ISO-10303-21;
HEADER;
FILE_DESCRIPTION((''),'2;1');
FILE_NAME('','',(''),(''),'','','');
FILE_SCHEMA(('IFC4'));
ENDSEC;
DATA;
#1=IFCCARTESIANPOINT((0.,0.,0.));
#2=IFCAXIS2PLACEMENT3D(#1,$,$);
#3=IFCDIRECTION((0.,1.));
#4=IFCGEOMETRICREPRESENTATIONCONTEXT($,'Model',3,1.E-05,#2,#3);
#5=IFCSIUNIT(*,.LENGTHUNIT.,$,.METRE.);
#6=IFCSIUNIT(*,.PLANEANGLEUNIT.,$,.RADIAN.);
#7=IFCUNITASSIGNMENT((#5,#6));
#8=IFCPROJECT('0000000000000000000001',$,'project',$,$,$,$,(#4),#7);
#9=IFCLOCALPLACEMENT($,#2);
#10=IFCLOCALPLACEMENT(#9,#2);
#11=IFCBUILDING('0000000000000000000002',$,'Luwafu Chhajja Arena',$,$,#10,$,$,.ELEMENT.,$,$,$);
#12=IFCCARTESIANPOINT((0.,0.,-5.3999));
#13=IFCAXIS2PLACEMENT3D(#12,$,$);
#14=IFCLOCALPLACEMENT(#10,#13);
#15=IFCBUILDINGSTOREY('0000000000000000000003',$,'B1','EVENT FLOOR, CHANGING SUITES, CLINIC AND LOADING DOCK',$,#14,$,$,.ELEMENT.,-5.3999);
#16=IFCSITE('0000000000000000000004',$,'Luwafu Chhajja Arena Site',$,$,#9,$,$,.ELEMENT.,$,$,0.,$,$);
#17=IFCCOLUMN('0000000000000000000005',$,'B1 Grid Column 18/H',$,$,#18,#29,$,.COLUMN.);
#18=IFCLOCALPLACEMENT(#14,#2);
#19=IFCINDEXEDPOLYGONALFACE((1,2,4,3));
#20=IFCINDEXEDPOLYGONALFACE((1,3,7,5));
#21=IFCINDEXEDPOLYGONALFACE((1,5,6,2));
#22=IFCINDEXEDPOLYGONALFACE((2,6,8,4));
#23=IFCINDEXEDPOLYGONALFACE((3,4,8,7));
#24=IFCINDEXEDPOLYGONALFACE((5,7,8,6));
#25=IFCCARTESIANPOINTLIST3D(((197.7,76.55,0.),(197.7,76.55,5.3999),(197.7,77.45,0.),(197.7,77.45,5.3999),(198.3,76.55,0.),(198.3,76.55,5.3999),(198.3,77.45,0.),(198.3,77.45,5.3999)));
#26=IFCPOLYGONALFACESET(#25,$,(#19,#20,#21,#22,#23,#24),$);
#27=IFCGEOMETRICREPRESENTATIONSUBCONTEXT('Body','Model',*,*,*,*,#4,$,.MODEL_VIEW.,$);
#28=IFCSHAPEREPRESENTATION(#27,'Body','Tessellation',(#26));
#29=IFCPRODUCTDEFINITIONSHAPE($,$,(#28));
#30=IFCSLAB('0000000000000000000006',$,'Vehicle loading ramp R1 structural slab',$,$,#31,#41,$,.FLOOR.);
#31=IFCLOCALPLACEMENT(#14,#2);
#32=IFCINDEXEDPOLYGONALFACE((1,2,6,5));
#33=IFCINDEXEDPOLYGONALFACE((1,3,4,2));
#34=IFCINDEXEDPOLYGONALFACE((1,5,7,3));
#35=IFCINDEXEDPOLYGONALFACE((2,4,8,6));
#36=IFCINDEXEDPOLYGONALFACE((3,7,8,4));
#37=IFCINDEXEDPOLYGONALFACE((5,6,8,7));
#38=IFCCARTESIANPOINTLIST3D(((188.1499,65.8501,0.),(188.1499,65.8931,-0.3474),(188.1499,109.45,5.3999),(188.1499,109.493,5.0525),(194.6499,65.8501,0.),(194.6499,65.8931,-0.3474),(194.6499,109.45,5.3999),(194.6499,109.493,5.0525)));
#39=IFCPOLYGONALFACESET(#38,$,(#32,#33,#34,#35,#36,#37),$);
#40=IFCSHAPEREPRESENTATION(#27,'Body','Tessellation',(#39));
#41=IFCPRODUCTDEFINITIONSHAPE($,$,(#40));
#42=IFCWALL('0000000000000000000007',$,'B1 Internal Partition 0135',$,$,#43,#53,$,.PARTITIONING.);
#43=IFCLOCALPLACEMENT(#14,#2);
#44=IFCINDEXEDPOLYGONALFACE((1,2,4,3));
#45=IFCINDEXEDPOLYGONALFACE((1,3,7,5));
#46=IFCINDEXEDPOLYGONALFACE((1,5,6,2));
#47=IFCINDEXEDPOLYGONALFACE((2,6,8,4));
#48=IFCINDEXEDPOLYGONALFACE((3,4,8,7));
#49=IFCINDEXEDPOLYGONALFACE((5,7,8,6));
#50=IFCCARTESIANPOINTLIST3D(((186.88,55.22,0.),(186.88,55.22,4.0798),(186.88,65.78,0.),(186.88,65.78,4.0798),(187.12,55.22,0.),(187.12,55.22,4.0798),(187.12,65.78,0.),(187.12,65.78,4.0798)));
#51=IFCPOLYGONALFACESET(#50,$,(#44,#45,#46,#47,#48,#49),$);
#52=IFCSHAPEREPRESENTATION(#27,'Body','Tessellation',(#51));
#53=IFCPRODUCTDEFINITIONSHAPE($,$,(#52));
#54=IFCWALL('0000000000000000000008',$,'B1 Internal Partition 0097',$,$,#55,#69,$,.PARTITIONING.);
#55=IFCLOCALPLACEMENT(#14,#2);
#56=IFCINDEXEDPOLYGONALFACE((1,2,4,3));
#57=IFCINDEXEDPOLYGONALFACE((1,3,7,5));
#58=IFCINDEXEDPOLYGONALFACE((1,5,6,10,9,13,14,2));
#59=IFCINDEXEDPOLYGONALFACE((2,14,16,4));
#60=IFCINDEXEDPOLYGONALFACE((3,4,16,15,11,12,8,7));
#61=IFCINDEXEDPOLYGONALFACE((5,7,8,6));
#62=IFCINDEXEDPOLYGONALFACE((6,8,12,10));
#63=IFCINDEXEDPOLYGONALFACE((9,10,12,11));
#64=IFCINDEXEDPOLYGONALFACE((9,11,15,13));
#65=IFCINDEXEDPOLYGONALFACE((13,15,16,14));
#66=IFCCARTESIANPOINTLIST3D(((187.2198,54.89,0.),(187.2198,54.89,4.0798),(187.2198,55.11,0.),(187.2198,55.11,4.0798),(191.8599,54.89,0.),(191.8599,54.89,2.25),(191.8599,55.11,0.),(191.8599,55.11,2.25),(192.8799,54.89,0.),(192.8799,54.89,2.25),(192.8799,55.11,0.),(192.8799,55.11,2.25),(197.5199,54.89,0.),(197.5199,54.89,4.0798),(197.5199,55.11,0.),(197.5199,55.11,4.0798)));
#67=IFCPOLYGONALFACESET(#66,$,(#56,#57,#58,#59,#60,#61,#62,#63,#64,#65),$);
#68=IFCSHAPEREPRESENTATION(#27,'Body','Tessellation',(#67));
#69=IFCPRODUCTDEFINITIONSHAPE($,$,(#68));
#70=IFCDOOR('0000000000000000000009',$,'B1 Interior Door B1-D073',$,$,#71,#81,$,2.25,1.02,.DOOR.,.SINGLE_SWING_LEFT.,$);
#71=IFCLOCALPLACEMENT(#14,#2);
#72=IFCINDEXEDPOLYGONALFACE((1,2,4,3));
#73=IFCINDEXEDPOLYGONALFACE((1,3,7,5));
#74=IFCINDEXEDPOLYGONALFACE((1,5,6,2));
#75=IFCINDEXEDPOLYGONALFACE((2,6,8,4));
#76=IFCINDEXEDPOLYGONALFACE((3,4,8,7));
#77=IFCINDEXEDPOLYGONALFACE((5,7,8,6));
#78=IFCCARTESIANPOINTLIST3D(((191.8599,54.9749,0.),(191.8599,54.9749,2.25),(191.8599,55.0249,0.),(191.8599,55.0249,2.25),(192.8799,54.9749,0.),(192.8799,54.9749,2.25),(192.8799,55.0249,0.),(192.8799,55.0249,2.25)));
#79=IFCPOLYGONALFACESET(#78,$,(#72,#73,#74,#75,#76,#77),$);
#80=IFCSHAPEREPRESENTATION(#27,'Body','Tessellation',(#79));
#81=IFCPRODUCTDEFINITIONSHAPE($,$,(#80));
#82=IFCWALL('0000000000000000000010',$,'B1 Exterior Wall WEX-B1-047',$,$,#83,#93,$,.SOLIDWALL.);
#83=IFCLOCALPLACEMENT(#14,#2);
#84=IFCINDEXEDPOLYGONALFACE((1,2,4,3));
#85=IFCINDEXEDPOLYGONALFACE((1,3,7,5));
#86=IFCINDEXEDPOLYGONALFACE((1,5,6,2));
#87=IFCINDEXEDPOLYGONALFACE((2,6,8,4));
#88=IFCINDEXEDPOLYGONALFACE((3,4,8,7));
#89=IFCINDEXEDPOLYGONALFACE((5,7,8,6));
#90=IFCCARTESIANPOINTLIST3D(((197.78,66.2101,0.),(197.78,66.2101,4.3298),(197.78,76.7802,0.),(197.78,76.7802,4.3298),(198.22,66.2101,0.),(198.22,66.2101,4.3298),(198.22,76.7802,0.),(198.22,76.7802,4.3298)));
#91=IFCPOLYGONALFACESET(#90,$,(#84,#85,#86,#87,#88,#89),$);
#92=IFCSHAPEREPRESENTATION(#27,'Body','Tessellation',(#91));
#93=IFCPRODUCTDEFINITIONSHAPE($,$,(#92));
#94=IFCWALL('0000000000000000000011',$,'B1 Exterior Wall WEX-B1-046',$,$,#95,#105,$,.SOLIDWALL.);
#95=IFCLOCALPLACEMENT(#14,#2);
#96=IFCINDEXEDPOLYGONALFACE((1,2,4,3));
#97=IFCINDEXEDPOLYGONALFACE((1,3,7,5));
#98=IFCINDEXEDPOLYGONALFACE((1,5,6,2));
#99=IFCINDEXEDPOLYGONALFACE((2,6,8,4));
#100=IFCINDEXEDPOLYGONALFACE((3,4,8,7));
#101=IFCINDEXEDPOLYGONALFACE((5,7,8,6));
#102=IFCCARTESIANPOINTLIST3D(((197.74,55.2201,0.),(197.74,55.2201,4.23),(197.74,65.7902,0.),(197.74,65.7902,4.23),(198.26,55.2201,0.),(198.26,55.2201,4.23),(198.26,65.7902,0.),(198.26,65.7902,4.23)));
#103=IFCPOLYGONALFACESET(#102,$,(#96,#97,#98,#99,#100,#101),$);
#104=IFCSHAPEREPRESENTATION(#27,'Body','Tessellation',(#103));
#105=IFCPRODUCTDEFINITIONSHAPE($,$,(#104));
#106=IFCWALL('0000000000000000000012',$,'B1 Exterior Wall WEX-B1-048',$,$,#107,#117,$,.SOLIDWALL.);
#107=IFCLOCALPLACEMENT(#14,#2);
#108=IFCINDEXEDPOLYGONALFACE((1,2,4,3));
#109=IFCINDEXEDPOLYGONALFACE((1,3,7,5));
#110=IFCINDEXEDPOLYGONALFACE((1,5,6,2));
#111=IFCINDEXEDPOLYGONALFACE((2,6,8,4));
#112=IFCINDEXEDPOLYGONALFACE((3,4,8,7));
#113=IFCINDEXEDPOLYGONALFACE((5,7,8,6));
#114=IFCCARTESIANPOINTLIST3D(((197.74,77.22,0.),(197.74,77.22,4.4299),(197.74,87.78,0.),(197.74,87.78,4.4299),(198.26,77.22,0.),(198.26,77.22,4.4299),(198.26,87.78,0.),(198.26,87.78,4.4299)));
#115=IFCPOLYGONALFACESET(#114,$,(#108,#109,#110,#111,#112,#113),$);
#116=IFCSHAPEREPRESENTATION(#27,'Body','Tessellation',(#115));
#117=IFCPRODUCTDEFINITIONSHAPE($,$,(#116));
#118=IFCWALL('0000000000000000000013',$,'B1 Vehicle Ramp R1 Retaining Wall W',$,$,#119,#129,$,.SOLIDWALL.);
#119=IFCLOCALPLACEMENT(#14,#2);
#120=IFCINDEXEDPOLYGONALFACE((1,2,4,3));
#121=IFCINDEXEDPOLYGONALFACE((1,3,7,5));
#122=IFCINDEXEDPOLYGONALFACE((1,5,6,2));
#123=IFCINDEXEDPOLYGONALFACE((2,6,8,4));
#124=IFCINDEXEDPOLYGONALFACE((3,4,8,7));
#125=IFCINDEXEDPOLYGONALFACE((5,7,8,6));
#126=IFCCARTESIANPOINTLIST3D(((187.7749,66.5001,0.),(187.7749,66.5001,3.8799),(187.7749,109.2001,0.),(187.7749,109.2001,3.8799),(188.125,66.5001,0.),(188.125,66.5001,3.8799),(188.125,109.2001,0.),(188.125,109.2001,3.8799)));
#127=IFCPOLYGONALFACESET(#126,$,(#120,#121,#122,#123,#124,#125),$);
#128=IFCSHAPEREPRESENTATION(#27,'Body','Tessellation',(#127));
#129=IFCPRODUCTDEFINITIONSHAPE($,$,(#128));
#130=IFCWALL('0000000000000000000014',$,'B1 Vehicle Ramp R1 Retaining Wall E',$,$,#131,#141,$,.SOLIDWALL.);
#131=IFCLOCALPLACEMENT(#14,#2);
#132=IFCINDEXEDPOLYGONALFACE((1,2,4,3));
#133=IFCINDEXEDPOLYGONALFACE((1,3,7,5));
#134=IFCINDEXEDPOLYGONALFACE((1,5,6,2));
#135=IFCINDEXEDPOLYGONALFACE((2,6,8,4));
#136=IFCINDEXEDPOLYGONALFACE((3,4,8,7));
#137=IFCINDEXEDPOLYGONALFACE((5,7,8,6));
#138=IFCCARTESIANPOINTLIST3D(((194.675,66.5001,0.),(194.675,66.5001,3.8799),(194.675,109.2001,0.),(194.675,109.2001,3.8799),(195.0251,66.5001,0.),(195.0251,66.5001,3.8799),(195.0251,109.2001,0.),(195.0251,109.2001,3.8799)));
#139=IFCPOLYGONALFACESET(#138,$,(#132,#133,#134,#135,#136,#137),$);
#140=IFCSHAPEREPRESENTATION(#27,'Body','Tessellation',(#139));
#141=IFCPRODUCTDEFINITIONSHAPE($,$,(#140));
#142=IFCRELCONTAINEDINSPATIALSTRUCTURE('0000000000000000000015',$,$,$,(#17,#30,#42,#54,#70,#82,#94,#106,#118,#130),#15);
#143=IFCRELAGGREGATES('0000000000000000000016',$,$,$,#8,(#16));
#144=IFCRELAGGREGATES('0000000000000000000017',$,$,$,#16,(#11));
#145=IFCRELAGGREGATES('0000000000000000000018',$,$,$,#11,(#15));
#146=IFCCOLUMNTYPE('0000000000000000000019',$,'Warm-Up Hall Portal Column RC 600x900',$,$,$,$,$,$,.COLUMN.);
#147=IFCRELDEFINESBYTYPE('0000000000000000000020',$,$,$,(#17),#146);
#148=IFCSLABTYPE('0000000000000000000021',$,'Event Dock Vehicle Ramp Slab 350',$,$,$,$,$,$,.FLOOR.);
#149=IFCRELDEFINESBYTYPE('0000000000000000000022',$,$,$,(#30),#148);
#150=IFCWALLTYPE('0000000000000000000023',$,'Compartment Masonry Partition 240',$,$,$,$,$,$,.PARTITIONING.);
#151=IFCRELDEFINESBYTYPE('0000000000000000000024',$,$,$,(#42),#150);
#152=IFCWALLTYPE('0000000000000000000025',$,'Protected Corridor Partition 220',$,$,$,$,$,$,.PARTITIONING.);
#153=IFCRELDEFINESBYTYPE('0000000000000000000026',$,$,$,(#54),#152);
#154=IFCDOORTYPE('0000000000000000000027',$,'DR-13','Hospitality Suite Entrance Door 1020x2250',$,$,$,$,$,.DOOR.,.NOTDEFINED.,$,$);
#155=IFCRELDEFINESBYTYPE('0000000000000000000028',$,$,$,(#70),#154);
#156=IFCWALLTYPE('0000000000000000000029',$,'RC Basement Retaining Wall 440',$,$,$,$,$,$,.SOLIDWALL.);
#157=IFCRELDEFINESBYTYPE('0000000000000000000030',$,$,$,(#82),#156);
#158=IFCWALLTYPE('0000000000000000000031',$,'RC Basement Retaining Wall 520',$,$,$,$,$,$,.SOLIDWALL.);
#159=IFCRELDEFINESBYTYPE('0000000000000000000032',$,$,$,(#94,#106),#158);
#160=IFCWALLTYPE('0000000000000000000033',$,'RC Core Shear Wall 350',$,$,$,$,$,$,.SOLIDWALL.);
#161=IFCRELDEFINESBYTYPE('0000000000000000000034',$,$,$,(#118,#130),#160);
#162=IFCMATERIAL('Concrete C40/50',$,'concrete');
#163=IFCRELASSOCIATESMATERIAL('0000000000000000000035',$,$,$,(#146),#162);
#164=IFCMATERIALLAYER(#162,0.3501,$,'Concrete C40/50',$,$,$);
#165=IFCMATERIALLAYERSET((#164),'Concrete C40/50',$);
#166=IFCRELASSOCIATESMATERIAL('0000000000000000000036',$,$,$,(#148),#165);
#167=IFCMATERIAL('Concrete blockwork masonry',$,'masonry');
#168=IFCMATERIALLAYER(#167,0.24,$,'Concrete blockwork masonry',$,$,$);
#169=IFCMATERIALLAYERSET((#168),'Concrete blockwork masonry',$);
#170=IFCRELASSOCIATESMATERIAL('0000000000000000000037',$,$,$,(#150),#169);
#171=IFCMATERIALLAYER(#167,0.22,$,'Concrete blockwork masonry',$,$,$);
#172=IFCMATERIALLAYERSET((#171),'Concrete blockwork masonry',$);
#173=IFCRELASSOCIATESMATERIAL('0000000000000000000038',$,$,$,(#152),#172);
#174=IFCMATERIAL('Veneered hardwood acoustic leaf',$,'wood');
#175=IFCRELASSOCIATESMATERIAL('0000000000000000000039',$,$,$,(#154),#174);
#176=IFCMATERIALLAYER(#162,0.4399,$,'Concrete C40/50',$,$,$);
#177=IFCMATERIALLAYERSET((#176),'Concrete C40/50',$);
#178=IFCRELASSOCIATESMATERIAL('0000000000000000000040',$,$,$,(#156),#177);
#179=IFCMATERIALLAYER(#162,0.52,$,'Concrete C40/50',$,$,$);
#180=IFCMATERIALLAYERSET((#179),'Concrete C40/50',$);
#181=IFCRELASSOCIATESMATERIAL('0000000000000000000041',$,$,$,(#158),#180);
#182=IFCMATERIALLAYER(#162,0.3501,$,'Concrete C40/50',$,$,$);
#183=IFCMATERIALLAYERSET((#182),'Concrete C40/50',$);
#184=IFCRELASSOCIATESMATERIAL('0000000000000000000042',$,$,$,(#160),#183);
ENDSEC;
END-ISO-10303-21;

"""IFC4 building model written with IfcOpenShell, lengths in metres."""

from ifc_helpers import new_model, si_unit, direction, frame, frame_2d, origin, origin_2d, place, context, subcontext, project, spatial, polyline, rectangle, outline, extrude, material, layer, layer_set, material_profile, profile_set, type_object, element, fill, save


model = new_model("IFC4")

# Units and contexts
model_context = context("Model", 3, precision=1e-05, world=origin(), true_north=direction((0.0, 1.0)))
body_context = subcontext(model_context, "Body", "Model", "MODEL_VIEW")
ifc_project = project(units=[si_unit("LENGTHUNIT", "METRE"), si_unit("PLANEANGLEUNIT", "RADIAN")], contexts=[model_context])

# Site, building, storey
site_placement = place(None, origin())
site = spatial("IfcSite", under=ifc_project, at=site_placement, Name="Luwafu Chhajja Arena Site", CompositionType="ELEMENT", RefElevation=0.0)
building_placement = place(site_placement, origin())
building = spatial("IfcBuilding", under=site, at=building_placement, Name="Luwafu Chhajja Arena", CompositionType="ELEMENT")
storey_placement = place(building_placement, frame((0.0, 0.0, -5.3999)))
storey = spatial("IfcBuildingStorey", under=building, at=storey_placement, Name="B1", Description="EVENT FLOOR, CHANGING SUITES, CLINIC AND LOADING DOCK", CompositionType="ELEMENT", Elevation=-5.3999)

# Column
ifc_material_1 = material(Name="Concrete C40/50", Category="concrete")
ifc_material_profile_1 = material_profile(ifc_material_1, rectangle(XDim=0.6001, YDim=0.8999, at=origin_2d()), Name="RC 600x900")
ifc_profile_set_1 = profile_set([ifc_material_profile_1], Name="Concrete C40/50")
column_type_1 = type_object("IfcColumnType", Name="Warm-Up Hall Portal Column RC 600x900", PredefinedType="COLUMN", material=ifc_profile_set_1)
column_1_placement = place(storey_placement, frame((198.0, 77.0, 0.0), z_axis=(0.0, 0.0, 1.0), x_axis=(1.0, 0.0, 0.0)))
element("IfcColumn", 1, at=column_1_placement, inside=storey, type_object=column_type_1, Name="B1 Grid Column 18/H", PredefinedType="COLUMN", context=body_context, shape_type="SweptSolid", body=[
    extrude(rectangle(XDim=0.6001, YDim=0.8999, at=origin_2d()), origin(), (0.0, 0.0, 1.0), 5.3999),
])

# Slab
ifc_layer_1 = layer(ifc_material_1, 0.3501, Name="Concrete C40/50")
ifc_layer_set_1 = layer_set([ifc_layer_1], Name="Concrete C40/50")
slab_type = type_object("IfcSlabType", Name="Event Dock Vehicle Ramp Slab 350", PredefinedType="FLOOR", material=ifc_layer_set_1)
slab_placement = place(storey_placement, frame((188.1499, 65.8501, 0.0), z_axis=(0.0, -0.122912, 0.992418), x_axis=(1.0, 0.0, 0.0)))
element("IfcSlab", 2, at=slab_placement, inside=storey, type_object=slab_type, Name="Vehicle loading ramp R1 structural slab", PredefinedType="FLOOR", context=body_context, shape_type="SweptSolid", body=[
    extrude(outline(polyline([(0.0, 0.0), (6.5, 0.0), (6.5, 43.933), (0.0, 43.933), (0.0, 0.0)])), origin(), (0.0, 0.0, -1.0), 0.3501),
])

# Wall
ifc_material_2 = material(Name="Concrete blockwork masonry", Category="masonry")
ifc_layer_2 = layer(ifc_material_2, 0.24, Name="Concrete blockwork masonry")
ifc_layer_set_2 = layer_set([ifc_layer_2], Name="Concrete blockwork masonry")
wall_type_1 = type_object("IfcWallType", Name="Compartment Masonry Partition 240", PredefinedType="PARTITIONING", material=ifc_layer_set_2)
wall_1_placement = place(storey_placement, frame((187.0, 55.22, 0.0), z_axis=(0.0, 0.0, 1.0), x_axis=(0.0, 1.0, 0.0)))
element("IfcWall", 3, at=wall_1_placement, inside=storey, type_object=wall_type_1, Name="B1 Internal Partition 0135", PredefinedType="PARTITIONING", context=body_context, shape_type="SweptSolid", body=[
    extrude(rectangle(XDim=10.5601, YDim=0.24, at=frame_2d((5.28, 0.0))), origin(), (0.0, 0.0, 1.0), 4.0798),
])

# Wall, opening, door
ifc_layer_3 = layer(ifc_material_2, 0.22, Name="Concrete blockwork masonry")
ifc_layer_set_3 = layer_set([ifc_layer_3], Name="Concrete blockwork masonry")
wall_type_2 = type_object("IfcWallType", Name="Protected Corridor Partition 220", PredefinedType="PARTITIONING", material=ifc_layer_set_3)
wall_2_placement = place(storey_placement, frame((187.22, 55.0, 0.0), z_axis=(0.0, 0.0, 1.0), x_axis=(1.0, 0.0, 0.0)))
wall_2 = element("IfcWall", 4, at=wall_2_placement, inside=storey, type_object=wall_type_2, Name="B1 Internal Partition 0097", PredefinedType="PARTITIONING", context=body_context, shape_type="SweptSolid", body=[
    extrude(rectangle(XDim=10.3, YDim=0.22, at=frame_2d((5.1499, 0.0))), origin(), (0.0, 0.0, 1.0), 4.0798),
])
opening_placement = place(wall_2_placement, frame((4.6399, 0.0, 0.0)))
opening = element("IfcOpeningElement", 5, at=opening_placement, cuts=wall_2, PredefinedType="OPENING", context=body_context, shape_type="SweptSolid", body=[
    extrude(rectangle(XDim=1.02, YDim=2.25, at=frame_2d((0.51, 1.125))), frame((0.0, 0.1199, 0.0), z_axis=(0.0, -1.0, 0.0), x_axis=(1.0, 0.0, 0.0)), (0.0, 0.0, 1.0), 0.24),
])
ifc_material_3 = material(Name="Veneered hardwood acoustic leaf", Category="wood")
door_type = type_object("IfcDoorType", Name="DR-13", Description="Hospitality Suite Entrance Door 1020x2250", OperationType="NOTDEFINED", PredefinedType="DOOR", material=ifc_material_3)
door_placement = place(opening_placement, origin())
door = element("IfcDoor", 6, at=door_placement, inside=storey, type_object=door_type, Name="B1 Interior Door B1-D073", OperationType="SINGLE_SWING_LEFT", OverallHeight=2.25, OverallWidth=1.02, PredefinedType="DOOR", context=body_context, shape_type="SweptSolid", body=[
    extrude(rectangle(XDim=1.02, YDim=2.25, at=frame_2d((0.51, 1.125))), frame((0.0, 0.0249, 0.0), z_axis=(0.0, -1.0, 0.0), x_axis=(1.0, 0.0, 0.0)), (0.0, 0.0, 1.0), 0.05),
])
fill(opening, door)

# Walls
ifc_layer_4 = layer(ifc_material_1, 0.4399, Name="Concrete C40/50")
ifc_layer_set_4 = layer_set([ifc_layer_4], Name="Concrete C40/50")
wall_type_3 = type_object("IfcWallType", Name="RC Basement Retaining Wall 440", PredefinedType="SOLIDWALL", material=ifc_layer_set_4)
wall_3_placement = place(storey_placement, frame((198.0, 66.21, 0.0), z_axis=(0.0, 0.0, 1.0), x_axis=(0.0, 1.0, 0.0)))
element("IfcWall", 7, at=wall_3_placement, inside=storey, type_object=wall_type_3, Name="B1 Exterior Wall WEX-B1-047", PredefinedType="SOLIDWALL", context=body_context, shape_type="SweptSolid", body=[
    extrude(rectangle(XDim=10.5701, YDim=0.4399, at=frame_2d((5.2852, 0.0))), origin(), (0.0, 0.0, 1.0), 4.3298),
])
ifc_layer_5 = layer(ifc_material_1, 0.52, Name="Concrete C40/50")
ifc_layer_set_5 = layer_set([ifc_layer_5], Name="Concrete C40/50")
wall_type_4 = type_object("IfcWallType", Name="RC Basement Retaining Wall 520", PredefinedType="SOLIDWALL", material=ifc_layer_set_5)
wall_4_placement = place(storey_placement, frame((198.0, 55.22, 0.0), z_axis=(0.0, 0.0, 1.0), x_axis=(0.0, 1.0, 0.0)))
element("IfcWall", 8, at=wall_4_placement, inside=storey, type_object=wall_type_4, Name="B1 Exterior Wall WEX-B1-046", PredefinedType="SOLIDWALL", context=body_context, shape_type="SweptSolid", body=[
    extrude(rectangle(XDim=10.5701, YDim=0.52, at=frame_2d((5.2852, 0.0))), origin(), (0.0, 0.0, 1.0), 4.23),
])
wall_5_placement = place(storey_placement, frame((198.0, 77.22, 0.0), z_axis=(0.0, 0.0, 1.0), x_axis=(0.0, 1.0, 0.0)))
element("IfcWall", 9, at=wall_5_placement, inside=storey, type_object=wall_type_4, Name="B1 Exterior Wall WEX-B1-048", PredefinedType="SOLIDWALL", context=body_context, shape_type="SweptSolid", body=[
    extrude(rectangle(XDim=10.5601, YDim=0.52, at=frame_2d((5.28, 0.0))), origin(), (0.0, 0.0, 1.0), 4.4299),
])
ifc_layer_6 = layer(ifc_material_1, 0.3501, Name="Concrete C40/50")
ifc_layer_set_6 = layer_set([ifc_layer_6], Name="Concrete C40/50")
wall_type_5 = type_object("IfcWallType", Name="RC Core Shear Wall 350", PredefinedType="SOLIDWALL", material=ifc_layer_set_6)
for number, where, z_axis, x_axis, name in (
    (10, (187.95, 66.5, 0.0), (0.0, 0.0, 1.0), (0.0, 1.0, 0.0), "B1 Vehicle Ramp R1 Retaining Wall W"),
    (11, (194.8501, 66.5, 0.0), (0.0, 0.0, 1.0), (0.0, 1.0, 0.0), "B1 Vehicle Ramp R1 Retaining Wall E"),
):
    element("IfcWall", number, at=place(storey_placement, frame(where, z_axis=z_axis, x_axis=x_axis)), inside=storey, type_object=wall_type_5, Name=name, PredefinedType="SOLIDWALL", context=body_context, shape_type="SweptSolid", body=[
        extrude(rectangle(XDim=42.7, YDim=0.3501, at=frame_2d((21.3501, 0.0))), origin(), (0.0, 0.0, 1.0), 3.8799),
    ])

save(model, "model.ifc")
